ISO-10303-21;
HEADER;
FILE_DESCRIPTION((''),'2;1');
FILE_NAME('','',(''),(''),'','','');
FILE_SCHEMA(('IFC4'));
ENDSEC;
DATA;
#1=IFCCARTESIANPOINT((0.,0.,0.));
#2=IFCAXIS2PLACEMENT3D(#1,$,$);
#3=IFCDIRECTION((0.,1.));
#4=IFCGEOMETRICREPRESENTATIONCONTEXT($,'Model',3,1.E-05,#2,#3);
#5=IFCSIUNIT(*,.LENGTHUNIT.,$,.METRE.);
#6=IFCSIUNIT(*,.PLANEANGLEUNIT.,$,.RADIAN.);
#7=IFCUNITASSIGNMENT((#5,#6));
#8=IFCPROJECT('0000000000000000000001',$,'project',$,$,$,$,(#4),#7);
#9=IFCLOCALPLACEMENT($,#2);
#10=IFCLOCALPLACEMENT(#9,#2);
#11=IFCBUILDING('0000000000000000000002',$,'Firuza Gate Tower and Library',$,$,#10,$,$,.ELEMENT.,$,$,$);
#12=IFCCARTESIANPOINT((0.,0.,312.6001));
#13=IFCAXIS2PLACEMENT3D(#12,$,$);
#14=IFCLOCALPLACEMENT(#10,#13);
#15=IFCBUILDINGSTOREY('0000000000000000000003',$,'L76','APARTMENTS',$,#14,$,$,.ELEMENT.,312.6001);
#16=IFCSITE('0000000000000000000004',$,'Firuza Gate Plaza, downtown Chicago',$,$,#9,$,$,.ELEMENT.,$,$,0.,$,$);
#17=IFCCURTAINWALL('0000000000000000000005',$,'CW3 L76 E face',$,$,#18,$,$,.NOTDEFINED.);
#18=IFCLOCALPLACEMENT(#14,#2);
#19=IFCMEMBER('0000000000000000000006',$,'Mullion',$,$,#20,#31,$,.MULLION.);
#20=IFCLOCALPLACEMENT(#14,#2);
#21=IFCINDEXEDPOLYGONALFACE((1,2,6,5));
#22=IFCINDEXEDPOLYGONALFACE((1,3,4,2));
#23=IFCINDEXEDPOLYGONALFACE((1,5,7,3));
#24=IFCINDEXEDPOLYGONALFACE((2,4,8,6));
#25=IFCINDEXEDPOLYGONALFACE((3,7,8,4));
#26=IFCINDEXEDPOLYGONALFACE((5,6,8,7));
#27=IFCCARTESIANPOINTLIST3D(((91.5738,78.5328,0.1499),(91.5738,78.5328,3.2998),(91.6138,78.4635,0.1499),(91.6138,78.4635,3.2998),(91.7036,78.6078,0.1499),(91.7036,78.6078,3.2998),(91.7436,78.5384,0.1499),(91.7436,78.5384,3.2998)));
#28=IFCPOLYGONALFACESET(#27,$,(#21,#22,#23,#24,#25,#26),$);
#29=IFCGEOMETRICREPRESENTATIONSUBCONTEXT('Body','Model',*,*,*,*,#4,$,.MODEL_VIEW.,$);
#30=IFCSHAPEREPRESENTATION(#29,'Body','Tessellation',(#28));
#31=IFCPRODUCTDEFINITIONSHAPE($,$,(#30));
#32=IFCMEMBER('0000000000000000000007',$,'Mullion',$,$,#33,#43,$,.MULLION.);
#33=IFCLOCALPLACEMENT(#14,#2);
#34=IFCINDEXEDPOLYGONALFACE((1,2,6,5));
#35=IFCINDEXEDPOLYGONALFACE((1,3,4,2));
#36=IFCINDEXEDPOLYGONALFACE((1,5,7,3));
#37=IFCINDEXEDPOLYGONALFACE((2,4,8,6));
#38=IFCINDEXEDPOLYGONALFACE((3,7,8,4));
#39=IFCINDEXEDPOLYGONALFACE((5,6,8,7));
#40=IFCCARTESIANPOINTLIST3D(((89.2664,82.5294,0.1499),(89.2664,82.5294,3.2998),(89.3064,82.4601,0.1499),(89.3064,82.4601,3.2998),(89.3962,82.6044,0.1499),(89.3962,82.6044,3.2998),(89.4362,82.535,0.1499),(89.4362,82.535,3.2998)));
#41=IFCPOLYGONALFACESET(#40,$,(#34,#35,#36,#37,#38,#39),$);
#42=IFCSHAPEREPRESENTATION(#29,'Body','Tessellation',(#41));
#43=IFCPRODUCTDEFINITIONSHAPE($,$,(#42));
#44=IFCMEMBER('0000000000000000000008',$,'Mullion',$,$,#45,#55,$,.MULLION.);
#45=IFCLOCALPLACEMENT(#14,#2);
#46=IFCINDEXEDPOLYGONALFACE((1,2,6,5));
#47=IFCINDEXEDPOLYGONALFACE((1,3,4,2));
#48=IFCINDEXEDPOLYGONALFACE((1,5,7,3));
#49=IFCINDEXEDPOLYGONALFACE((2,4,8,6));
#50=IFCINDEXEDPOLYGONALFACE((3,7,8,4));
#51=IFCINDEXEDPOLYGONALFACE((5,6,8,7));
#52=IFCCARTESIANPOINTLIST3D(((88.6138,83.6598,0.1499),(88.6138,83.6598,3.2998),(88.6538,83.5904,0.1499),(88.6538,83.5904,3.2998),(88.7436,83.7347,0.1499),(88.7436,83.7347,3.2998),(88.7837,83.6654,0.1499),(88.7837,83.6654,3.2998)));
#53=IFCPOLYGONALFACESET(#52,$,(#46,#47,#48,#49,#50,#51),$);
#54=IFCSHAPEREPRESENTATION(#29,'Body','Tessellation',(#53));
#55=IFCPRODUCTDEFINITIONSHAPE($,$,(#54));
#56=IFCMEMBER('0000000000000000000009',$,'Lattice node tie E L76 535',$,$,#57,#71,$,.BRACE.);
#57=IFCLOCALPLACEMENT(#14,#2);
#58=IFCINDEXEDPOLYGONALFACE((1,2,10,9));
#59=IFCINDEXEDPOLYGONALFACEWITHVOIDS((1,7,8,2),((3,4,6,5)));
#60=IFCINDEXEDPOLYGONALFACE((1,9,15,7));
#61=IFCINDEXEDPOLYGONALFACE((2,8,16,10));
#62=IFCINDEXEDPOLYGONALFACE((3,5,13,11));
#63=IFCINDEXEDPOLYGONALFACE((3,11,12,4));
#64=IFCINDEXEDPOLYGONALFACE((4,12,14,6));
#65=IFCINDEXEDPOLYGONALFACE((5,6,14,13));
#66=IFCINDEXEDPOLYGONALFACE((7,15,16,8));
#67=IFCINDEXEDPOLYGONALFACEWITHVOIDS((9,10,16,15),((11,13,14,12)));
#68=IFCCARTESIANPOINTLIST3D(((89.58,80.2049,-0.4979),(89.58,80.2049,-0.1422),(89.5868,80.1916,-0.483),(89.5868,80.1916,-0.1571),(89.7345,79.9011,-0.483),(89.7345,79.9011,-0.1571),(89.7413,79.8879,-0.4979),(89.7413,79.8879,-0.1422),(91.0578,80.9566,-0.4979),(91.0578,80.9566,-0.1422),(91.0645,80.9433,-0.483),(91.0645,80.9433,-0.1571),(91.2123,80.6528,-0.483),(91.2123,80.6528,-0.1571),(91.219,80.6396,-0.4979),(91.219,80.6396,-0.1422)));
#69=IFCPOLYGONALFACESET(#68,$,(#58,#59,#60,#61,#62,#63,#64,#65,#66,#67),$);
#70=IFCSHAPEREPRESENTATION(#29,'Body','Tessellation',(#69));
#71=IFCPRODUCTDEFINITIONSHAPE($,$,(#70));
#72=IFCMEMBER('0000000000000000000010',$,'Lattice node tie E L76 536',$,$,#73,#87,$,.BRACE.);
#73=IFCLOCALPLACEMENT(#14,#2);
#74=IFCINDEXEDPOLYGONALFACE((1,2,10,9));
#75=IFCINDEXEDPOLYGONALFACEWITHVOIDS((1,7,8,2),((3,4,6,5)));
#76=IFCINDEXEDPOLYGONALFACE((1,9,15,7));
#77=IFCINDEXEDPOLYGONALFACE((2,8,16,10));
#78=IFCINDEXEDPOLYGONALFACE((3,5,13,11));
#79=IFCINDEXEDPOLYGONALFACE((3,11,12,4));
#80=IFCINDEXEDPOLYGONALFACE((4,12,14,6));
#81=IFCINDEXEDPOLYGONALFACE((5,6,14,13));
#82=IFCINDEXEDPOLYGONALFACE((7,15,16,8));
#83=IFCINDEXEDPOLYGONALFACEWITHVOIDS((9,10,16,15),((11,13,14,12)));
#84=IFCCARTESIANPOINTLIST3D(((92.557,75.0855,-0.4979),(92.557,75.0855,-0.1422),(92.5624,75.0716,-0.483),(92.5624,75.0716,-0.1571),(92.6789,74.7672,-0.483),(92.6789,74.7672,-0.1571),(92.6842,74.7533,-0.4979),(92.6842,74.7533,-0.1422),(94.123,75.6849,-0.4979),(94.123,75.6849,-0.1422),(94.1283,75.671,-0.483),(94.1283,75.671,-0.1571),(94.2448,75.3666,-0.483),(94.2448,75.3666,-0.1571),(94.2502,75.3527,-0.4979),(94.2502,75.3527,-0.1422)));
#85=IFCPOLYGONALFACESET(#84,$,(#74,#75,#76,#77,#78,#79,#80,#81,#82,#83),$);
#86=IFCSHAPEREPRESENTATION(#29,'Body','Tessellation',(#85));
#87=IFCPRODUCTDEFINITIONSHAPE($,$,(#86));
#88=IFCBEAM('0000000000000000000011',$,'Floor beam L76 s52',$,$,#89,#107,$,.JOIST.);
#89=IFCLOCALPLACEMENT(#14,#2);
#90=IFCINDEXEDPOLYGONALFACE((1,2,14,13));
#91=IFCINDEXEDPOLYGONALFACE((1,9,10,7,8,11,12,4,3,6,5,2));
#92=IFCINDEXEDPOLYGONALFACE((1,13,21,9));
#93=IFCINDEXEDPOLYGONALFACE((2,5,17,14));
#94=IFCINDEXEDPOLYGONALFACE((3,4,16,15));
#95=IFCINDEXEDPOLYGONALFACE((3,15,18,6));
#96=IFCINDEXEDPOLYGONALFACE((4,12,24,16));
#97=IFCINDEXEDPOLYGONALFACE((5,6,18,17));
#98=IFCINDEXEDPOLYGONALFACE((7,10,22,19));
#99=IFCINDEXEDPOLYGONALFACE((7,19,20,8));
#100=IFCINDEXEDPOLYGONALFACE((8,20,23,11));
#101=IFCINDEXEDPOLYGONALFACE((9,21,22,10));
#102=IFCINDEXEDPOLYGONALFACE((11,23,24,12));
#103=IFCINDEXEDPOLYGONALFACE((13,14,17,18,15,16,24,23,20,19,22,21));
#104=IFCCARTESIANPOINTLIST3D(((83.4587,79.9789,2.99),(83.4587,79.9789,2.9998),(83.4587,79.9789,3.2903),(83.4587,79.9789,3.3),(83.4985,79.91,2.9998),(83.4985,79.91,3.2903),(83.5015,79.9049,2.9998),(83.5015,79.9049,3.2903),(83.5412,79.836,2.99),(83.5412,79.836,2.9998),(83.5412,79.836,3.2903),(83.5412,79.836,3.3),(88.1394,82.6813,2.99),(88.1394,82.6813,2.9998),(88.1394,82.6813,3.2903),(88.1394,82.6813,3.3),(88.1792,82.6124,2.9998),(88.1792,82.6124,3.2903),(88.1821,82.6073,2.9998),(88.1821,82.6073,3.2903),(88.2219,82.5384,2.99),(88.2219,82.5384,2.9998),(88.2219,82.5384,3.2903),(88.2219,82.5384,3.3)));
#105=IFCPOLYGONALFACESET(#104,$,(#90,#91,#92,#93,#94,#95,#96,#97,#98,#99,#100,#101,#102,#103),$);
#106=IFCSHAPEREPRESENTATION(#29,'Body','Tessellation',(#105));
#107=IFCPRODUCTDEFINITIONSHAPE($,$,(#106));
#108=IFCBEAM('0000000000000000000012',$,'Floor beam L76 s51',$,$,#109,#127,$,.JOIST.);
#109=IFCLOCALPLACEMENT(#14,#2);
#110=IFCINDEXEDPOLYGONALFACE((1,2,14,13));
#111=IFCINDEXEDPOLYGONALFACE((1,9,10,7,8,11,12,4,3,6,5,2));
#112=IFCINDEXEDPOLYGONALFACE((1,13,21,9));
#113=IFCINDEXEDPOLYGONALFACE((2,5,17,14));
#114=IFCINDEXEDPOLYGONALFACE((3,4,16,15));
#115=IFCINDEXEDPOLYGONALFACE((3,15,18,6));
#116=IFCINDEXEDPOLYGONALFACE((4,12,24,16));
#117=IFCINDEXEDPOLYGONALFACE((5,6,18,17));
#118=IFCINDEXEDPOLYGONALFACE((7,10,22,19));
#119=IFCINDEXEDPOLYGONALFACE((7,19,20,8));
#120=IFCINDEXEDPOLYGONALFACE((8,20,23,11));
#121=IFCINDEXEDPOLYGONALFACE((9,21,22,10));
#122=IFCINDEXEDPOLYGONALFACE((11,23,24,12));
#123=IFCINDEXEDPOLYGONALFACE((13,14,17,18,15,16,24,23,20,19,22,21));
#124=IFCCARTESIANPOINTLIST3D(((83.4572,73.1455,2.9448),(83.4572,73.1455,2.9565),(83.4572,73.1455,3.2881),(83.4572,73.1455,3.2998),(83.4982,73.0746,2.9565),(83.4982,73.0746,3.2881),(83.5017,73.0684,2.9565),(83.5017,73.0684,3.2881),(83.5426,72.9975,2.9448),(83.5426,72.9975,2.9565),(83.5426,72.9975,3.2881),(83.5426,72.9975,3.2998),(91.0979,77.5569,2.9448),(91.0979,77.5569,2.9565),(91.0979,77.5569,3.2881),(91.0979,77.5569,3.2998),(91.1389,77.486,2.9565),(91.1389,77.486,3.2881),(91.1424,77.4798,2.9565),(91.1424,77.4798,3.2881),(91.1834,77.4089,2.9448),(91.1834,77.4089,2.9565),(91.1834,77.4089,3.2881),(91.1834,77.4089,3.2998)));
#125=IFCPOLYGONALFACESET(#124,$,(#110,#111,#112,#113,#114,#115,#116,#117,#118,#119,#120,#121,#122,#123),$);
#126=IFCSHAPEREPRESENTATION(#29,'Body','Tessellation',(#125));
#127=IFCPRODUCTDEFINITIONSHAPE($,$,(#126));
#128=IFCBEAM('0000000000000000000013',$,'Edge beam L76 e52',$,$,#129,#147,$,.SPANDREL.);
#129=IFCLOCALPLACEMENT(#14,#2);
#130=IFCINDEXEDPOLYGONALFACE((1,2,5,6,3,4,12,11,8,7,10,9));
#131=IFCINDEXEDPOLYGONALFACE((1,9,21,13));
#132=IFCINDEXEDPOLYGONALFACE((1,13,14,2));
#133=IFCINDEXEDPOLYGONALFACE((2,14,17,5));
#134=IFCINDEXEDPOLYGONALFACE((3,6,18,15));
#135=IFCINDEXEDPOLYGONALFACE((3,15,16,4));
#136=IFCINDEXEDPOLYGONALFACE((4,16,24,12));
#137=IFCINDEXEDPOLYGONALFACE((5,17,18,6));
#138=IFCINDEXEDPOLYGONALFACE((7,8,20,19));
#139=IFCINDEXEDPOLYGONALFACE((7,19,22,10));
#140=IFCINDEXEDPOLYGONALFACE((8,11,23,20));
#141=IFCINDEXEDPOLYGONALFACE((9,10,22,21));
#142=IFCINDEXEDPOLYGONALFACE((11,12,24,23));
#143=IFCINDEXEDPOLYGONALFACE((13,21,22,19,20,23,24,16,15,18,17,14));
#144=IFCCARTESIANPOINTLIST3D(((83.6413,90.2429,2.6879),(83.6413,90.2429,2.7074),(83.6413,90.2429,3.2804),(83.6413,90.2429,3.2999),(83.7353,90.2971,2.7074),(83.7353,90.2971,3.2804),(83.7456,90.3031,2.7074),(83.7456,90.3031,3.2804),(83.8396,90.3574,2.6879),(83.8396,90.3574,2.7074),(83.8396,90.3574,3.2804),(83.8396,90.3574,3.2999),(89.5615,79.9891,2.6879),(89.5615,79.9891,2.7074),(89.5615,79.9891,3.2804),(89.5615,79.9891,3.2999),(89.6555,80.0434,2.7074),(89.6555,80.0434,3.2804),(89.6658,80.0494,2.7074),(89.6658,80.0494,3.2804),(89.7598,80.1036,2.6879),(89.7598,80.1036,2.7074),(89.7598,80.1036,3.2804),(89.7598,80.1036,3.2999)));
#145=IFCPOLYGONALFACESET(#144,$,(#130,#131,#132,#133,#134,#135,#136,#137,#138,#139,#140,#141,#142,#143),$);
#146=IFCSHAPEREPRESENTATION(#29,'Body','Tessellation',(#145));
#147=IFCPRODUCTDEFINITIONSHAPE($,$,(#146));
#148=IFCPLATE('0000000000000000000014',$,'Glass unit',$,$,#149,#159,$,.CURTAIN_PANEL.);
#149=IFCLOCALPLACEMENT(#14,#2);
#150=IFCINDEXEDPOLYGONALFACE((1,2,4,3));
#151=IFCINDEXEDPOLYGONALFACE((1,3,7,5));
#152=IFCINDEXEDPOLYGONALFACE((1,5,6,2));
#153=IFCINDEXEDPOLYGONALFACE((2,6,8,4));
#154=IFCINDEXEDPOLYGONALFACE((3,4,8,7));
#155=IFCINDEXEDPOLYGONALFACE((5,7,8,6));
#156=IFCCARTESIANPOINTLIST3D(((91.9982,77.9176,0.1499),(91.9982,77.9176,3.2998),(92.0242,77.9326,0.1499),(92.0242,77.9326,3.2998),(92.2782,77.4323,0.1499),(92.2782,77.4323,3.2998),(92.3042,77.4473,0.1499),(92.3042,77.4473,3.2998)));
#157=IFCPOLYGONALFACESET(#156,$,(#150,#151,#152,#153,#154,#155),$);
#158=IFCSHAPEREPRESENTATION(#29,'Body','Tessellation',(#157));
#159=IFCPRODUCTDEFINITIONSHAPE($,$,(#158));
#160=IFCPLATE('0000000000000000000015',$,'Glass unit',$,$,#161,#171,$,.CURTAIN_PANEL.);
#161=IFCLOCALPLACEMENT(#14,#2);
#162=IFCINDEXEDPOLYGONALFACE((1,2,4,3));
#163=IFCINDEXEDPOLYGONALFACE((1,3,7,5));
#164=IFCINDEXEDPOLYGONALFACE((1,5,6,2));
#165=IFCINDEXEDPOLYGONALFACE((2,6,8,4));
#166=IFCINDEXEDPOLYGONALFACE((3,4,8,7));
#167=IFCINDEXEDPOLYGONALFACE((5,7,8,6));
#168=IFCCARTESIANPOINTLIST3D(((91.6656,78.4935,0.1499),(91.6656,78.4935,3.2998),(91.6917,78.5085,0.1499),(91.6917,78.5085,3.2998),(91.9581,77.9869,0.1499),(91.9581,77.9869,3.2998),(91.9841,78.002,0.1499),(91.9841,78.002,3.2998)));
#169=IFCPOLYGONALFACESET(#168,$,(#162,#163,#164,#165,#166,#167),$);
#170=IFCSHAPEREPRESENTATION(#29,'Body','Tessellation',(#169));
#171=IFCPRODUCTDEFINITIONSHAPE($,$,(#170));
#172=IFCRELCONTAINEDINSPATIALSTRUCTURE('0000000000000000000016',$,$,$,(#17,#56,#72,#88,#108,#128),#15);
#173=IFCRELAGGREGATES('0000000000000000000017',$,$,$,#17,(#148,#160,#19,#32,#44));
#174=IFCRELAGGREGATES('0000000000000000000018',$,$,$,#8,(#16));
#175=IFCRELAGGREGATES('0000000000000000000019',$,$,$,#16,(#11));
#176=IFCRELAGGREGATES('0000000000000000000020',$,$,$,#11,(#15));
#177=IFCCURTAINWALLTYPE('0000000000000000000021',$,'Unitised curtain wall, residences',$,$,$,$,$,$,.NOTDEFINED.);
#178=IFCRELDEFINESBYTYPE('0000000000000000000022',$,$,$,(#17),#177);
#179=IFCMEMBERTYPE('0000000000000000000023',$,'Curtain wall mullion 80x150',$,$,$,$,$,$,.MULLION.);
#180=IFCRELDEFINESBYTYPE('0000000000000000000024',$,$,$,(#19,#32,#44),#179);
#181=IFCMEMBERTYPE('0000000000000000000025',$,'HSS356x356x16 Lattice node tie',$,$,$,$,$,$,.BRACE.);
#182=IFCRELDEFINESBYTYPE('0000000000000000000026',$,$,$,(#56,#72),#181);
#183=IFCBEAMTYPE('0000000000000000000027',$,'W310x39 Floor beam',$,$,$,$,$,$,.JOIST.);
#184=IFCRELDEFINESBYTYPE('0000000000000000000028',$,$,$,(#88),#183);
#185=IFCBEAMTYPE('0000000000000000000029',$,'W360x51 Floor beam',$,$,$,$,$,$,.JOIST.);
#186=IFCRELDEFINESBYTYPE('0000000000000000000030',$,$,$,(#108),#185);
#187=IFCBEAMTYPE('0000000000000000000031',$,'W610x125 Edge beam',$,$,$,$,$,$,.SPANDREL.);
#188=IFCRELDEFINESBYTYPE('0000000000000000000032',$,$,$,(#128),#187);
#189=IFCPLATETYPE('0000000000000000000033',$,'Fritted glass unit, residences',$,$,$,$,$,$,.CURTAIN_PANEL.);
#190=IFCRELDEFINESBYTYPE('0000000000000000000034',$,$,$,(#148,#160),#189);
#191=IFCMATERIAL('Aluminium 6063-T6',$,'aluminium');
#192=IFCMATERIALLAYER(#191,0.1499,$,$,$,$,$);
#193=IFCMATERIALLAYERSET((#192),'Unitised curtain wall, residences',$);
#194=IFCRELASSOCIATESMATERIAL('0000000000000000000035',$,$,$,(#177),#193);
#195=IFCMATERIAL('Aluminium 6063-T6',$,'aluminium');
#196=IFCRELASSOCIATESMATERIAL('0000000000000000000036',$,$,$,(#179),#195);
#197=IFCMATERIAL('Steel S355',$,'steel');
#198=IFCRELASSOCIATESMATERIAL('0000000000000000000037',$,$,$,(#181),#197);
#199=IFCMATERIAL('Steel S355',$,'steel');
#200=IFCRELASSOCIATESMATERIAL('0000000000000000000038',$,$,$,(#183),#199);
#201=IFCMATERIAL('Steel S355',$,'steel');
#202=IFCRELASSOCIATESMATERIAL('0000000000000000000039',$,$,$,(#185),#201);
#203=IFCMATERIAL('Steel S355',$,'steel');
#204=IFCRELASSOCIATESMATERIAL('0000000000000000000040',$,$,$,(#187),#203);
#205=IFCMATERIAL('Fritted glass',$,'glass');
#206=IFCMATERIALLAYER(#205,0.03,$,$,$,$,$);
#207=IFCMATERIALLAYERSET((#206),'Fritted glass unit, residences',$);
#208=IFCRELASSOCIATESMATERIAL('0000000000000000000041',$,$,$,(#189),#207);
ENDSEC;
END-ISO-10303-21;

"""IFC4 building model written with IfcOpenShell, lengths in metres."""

from ifc_helpers import new_model, si_unit, direction, frame, origin, origin_2d, place, context, subcontext, project, spatial, polyline, rectangle, hollow_rectangle, i_section, outline, extrude, material, layer, layer_set, material_profile, profile_set, type_object, element, aggregate, save


model = new_model("IFC4")

# Units and contexts
model_context = context("Model", 3, precision=1e-05, world=origin(), true_north=direction((0.0, 1.0)))
body_context = subcontext(model_context, "Body", "Model", "MODEL_VIEW")
ifc_project = project(units=[si_unit("LENGTHUNIT", "METRE"), si_unit("PLANEANGLEUNIT", "RADIAN")], contexts=[model_context])

# Site, building, storey
site_placement = place(None, origin())
site = spatial("IfcSite", under=ifc_project, at=site_placement, Name="Firuza Gate Plaza, downtown Chicago", CompositionType="ELEMENT", RefElevation=0.0)
building_placement = place(site_placement, origin())
building = spatial("IfcBuilding", under=site, at=building_placement, Name="Firuza Gate Tower and Library", CompositionType="ELEMENT")
storey_placement = place(building_placement, frame((0.0, 0.0, 312.6001)))
storey = spatial("IfcBuildingStorey", under=building, at=storey_placement, Name="L76", Description="APARTMENTS", CompositionType="ELEMENT", Elevation=312.6001)

# Curtain wall, members
ifc_material_1 = material(Name="Aluminium 6063-T6", Category="aluminium")
ifc_layer_1 = layer(ifc_material_1, 0.1499)
ifc_layer_set_1 = layer_set([ifc_layer_1], Name="Unitised curtain wall, residences")
curtain_wall_type = type_object("IfcCurtainWallType", Name="Unitised curtain wall, residences", PredefinedType="NOTDEFINED", material=ifc_layer_set_1)
curtain_wall_placement = place(storey_placement, origin())
curtain_wall = element("IfcCurtainWall", 1, at=curtain_wall_placement, inside=storey, type_object=curtain_wall_type, Name="CW3 L76 E face", PredefinedType="NOTDEFINED")
ifc_material_2 = material(Name="Aluminium 6063-T6", Category="aluminium")
ifc_material_profile_1 = material_profile(ifc_material_2, rectangle(XDim=0.1499, YDim=0.0801, at=origin_2d()))
ifc_profile_set_1 = profile_set([ifc_material_profile_1], Name="Aluminium 6063-T6")
member_type_1 = type_object("IfcMemberType", Name="Curtain wall mullion 80x150", PredefinedType="MULLION", material=ifc_profile_set_1)
member_1_placement = place(storey_placement, frame((91.6587, 78.5356, 0.1499), z_axis=(0.0, 0.0, 1.0), x_axis=(-0.866025, -0.5, 0.0)))
member_1 = element("IfcMember", 2, at=member_1_placement, type_object=member_type_1, Name="Mullion", PredefinedType="MULLION", context=body_context, shape_type="SweptSolid", body=[
    extrude(rectangle(XDim=0.1499, YDim=0.0801, at=origin_2d()), origin(), (0.0, 0.0, 1.0), 3.1499),
])
member_2_placement = place(storey_placement, frame((89.3513, 82.5322, 0.1499), z_axis=(0.0, 0.0, 1.0), x_axis=(-0.866025, -0.5, 0.0)))
member_2 = element("IfcMember", 3, at=member_2_placement, type_object=member_type_1, Name="Mullion", PredefinedType="MULLION", context=body_context, shape_type="SweptSolid", body=[
    extrude(rectangle(XDim=0.1499, YDim=0.0801, at=origin_2d()), origin(), (0.0, 0.0, 1.0), 3.1499),
])
member_3_placement = place(storey_placement, frame((88.6987, 83.6626, 0.1499), z_axis=(0.0, 0.0, 1.0), x_axis=(-0.866025, -0.5, 0.0)))
member_3 = element("IfcMember", 4, at=member_3_placement, type_object=member_type_1, Name="Mullion", PredefinedType="MULLION", context=body_context, shape_type="SweptSolid", body=[
    extrude(rectangle(XDim=0.1499, YDim=0.0801, at=origin_2d()), origin(), (0.0, 0.0, 1.0), 3.1499),
])

# Members
ifc_material_3 = material(Name="Steel S355", Category="steel")
ifc_material_profile_2 = material_profile(ifc_material_3, hollow_rectangle(XDim=0.3557, YDim=0.3557, WallThickness=0.0149, at=origin_2d()))
ifc_profile_set_2 = profile_set([ifc_material_profile_2], Name="Steel S355")
member_type_2 = type_object("IfcMemberType", Name="HSS356x356x16 Lattice node tie", PredefinedType="BRACE", material=ifc_profile_set_2)
member_4_placement = place(storey_placement, frame((89.6606, 80.0464, -0.3201), z_axis=(0.891314, 0.453387, 0.0), x_axis=(-0.453387, 0.891314, 0.0)))
element("IfcMember", 5, at=member_4_placement, inside=storey, type_object=member_type_2, Name="Lattice node tie E L76 535", PredefinedType="BRACE", context=body_context, shape_type="SweptSolid", body=[
    extrude(hollow_rectangle(XDim=0.3557, YDim=0.3557, WallThickness=0.0149, at=origin_2d()), origin(), (0.0, 0.0, 1.0), 1.658),
])
member_5_placement = place(storey_placement, frame((92.6206, 74.9194, -0.3201), z_axis=(0.933926, 0.357466, 0.0), x_axis=(-0.357466, 0.933926, 0.0)))
element("IfcMember", 6, at=member_5_placement, inside=storey, type_object=member_type_2, Name="Lattice node tie E L76 536", PredefinedType="BRACE", context=body_context, shape_type="SweptSolid", body=[
    extrude(hollow_rectangle(XDim=0.3557, YDim=0.3557, WallThickness=0.0149, at=origin_2d()), origin(), (0.0, 0.0, 1.0), 1.6768),
])

# Beams
ifc_material_4 = material(Name="Steel S355", Category="steel")
ifc_material_profile_3 = material_profile(ifc_material_4, i_section(OverallWidth=0.165, OverallDepth=0.3101, WebThickness=0.0059, FlangeThickness=0.0098, at=origin_2d()))
ifc_profile_set_3 = profile_set([ifc_material_profile_3], Name="Steel S355")
beam_type_1 = type_object("IfcBeamType", Name="W310x39 Floor beam", PredefinedType="JOIST", material=ifc_profile_set_3)
beam_1_placement = place(storey_placement, frame((88.1807, 82.6099, 3.145), z_axis=(-0.866025, -0.500001, 0.0), x_axis=(0.500001, -0.866025, 0.0)))
element("IfcBeam", 7, at=beam_1_placement, inside=storey, type_object=beam_type_1, Name="Floor beam L76 s52", PredefinedType="JOIST", context=body_context, shape_type="SweptSolid", body=[
    extrude(i_section(OverallWidth=0.165, OverallDepth=0.3101, WebThickness=0.0059, FlangeThickness=0.0098, at=origin_2d()), origin(), (0.0, 0.0, 1.0), 5.4048),
])
ifc_material_5 = material(Name="Steel S355", Category="steel")
ifc_material_profile_4 = material_profile(ifc_material_5, i_section(OverallWidth=0.1709, OverallDepth=0.355, WebThickness=0.0071, FlangeThickness=0.0117, at=origin_2d()))
ifc_profile_set_4 = profile_set([ifc_material_profile_4], Name="Steel S355")
beam_type_2 = type_object("IfcBeamType", Name="W360x51 Floor beam", PredefinedType="JOIST", material=ifc_profile_set_4)
beam_2_placement = place(storey_placement, frame((91.1406, 77.4829, 3.1223), z_axis=(-0.866022, -0.500005, 0.0), x_axis=(0.500005, -0.866022, 0.0)))
element("IfcBeam", 8, at=beam_2_placement, inside=storey, type_object=beam_type_2, Name="Floor beam L76 s51", PredefinedType="JOIST", context=body_context, shape_type="SweptSolid", body=[
    extrude(i_section(OverallWidth=0.1709, OverallDepth=0.355, WebThickness=0.0071, FlangeThickness=0.0117, at=origin_2d()), origin(), (0.0, 0.0, 1.0), 8.8228),
])
ifc_material_6 = material(Name="Steel S355", Category="steel")
ifc_material_profile_5 = material_profile(ifc_material_6, i_section(OverallWidth=0.229, OverallDepth=0.6121, WebThickness=0.012, FlangeThickness=0.0195, at=origin_2d()))
ifc_profile_set_5 = profile_set([ifc_material_profile_5], Name="Steel S355")
beam_type_3 = type_object("IfcBeamType", Name="W610x125 Edge beam", PredefinedType="SPANDREL", material=ifc_profile_set_5)
beam_3_placement = place(storey_placement, frame((89.6606, 80.0464, 2.9939), z_axis=(-0.500013, 0.866018, 0.0), x_axis=(-0.866018, -0.500013, 0.0)))
element("IfcBeam", 9, at=beam_3_placement, inside=storey, type_object=beam_type_3, Name="Edge beam L76 e52", PredefinedType="SPANDREL", context=body_context, shape_type="SweptSolid", body=[
    extrude(i_section(OverallWidth=0.229, OverallDepth=0.6121, WebThickness=0.012, FlangeThickness=0.0195, at=origin_2d()), origin(), (0.0, 0.0, 1.0), 11.8401),
])

# Plates
ifc_material_7 = material(Name="Fritted glass", Category="glass")
ifc_layer_2 = layer(ifc_material_7, 0.03)
ifc_layer_set_2 = layer_set([ifc_layer_2], Name="Fritted glass unit, residences")
plate_type_1 = type_object("IfcPlateType", Name="Fritted glass unit, residences", PredefinedType="CURTAIN_PANEL", material=ifc_layer_set_2)
plate_1_placement = place(storey_placement, frame((92.3042, 77.4473, 0.1499), z_axis=(0.866171, 0.499748, 0.0), x_axis=(-0.499748, 0.866171, 0.0)))
plate_1 = element("IfcPlate", 10, at=plate_1_placement, type_object=plate_type_1, Name="Glass unit", PredefinedType="CURTAIN_PANEL", context=body_context, shape_type="SweptSolid", body=[
    extrude(outline(polyline([(0.0, 0.0), (0.5603, 0.0), (0.5603, 3.1499), (0.0, 3.1499), (0.0, 0.0)])), origin(), (0.0, 0.0, -1.0), 0.03),
])
plate_2_placement = place(storey_placement, frame((91.9841, 78.002, 0.1499), z_axis=(0.866026, 0.499999, 0.0), x_axis=(-0.499999, 0.866026, 0.0)))
plate_2 = element("IfcPlate", 11, at=plate_2_placement, type_object=plate_type_1, Name="Glass unit", PredefinedType="CURTAIN_PANEL", context=body_context, shape_type="SweptSolid", body=[
    extrude(outline(polyline([(0.0, 0.0), (0.585, 0.0), (0.585, 3.1499), (0.0, 3.1499), (0.0, 0.0)])), origin(), (0.0, 0.0, -1.0), 0.03),
])
aggregate(curtain_wall, [plate_1, plate_2, member_1, member_2, member_3])

save(model, "model.ifc")
